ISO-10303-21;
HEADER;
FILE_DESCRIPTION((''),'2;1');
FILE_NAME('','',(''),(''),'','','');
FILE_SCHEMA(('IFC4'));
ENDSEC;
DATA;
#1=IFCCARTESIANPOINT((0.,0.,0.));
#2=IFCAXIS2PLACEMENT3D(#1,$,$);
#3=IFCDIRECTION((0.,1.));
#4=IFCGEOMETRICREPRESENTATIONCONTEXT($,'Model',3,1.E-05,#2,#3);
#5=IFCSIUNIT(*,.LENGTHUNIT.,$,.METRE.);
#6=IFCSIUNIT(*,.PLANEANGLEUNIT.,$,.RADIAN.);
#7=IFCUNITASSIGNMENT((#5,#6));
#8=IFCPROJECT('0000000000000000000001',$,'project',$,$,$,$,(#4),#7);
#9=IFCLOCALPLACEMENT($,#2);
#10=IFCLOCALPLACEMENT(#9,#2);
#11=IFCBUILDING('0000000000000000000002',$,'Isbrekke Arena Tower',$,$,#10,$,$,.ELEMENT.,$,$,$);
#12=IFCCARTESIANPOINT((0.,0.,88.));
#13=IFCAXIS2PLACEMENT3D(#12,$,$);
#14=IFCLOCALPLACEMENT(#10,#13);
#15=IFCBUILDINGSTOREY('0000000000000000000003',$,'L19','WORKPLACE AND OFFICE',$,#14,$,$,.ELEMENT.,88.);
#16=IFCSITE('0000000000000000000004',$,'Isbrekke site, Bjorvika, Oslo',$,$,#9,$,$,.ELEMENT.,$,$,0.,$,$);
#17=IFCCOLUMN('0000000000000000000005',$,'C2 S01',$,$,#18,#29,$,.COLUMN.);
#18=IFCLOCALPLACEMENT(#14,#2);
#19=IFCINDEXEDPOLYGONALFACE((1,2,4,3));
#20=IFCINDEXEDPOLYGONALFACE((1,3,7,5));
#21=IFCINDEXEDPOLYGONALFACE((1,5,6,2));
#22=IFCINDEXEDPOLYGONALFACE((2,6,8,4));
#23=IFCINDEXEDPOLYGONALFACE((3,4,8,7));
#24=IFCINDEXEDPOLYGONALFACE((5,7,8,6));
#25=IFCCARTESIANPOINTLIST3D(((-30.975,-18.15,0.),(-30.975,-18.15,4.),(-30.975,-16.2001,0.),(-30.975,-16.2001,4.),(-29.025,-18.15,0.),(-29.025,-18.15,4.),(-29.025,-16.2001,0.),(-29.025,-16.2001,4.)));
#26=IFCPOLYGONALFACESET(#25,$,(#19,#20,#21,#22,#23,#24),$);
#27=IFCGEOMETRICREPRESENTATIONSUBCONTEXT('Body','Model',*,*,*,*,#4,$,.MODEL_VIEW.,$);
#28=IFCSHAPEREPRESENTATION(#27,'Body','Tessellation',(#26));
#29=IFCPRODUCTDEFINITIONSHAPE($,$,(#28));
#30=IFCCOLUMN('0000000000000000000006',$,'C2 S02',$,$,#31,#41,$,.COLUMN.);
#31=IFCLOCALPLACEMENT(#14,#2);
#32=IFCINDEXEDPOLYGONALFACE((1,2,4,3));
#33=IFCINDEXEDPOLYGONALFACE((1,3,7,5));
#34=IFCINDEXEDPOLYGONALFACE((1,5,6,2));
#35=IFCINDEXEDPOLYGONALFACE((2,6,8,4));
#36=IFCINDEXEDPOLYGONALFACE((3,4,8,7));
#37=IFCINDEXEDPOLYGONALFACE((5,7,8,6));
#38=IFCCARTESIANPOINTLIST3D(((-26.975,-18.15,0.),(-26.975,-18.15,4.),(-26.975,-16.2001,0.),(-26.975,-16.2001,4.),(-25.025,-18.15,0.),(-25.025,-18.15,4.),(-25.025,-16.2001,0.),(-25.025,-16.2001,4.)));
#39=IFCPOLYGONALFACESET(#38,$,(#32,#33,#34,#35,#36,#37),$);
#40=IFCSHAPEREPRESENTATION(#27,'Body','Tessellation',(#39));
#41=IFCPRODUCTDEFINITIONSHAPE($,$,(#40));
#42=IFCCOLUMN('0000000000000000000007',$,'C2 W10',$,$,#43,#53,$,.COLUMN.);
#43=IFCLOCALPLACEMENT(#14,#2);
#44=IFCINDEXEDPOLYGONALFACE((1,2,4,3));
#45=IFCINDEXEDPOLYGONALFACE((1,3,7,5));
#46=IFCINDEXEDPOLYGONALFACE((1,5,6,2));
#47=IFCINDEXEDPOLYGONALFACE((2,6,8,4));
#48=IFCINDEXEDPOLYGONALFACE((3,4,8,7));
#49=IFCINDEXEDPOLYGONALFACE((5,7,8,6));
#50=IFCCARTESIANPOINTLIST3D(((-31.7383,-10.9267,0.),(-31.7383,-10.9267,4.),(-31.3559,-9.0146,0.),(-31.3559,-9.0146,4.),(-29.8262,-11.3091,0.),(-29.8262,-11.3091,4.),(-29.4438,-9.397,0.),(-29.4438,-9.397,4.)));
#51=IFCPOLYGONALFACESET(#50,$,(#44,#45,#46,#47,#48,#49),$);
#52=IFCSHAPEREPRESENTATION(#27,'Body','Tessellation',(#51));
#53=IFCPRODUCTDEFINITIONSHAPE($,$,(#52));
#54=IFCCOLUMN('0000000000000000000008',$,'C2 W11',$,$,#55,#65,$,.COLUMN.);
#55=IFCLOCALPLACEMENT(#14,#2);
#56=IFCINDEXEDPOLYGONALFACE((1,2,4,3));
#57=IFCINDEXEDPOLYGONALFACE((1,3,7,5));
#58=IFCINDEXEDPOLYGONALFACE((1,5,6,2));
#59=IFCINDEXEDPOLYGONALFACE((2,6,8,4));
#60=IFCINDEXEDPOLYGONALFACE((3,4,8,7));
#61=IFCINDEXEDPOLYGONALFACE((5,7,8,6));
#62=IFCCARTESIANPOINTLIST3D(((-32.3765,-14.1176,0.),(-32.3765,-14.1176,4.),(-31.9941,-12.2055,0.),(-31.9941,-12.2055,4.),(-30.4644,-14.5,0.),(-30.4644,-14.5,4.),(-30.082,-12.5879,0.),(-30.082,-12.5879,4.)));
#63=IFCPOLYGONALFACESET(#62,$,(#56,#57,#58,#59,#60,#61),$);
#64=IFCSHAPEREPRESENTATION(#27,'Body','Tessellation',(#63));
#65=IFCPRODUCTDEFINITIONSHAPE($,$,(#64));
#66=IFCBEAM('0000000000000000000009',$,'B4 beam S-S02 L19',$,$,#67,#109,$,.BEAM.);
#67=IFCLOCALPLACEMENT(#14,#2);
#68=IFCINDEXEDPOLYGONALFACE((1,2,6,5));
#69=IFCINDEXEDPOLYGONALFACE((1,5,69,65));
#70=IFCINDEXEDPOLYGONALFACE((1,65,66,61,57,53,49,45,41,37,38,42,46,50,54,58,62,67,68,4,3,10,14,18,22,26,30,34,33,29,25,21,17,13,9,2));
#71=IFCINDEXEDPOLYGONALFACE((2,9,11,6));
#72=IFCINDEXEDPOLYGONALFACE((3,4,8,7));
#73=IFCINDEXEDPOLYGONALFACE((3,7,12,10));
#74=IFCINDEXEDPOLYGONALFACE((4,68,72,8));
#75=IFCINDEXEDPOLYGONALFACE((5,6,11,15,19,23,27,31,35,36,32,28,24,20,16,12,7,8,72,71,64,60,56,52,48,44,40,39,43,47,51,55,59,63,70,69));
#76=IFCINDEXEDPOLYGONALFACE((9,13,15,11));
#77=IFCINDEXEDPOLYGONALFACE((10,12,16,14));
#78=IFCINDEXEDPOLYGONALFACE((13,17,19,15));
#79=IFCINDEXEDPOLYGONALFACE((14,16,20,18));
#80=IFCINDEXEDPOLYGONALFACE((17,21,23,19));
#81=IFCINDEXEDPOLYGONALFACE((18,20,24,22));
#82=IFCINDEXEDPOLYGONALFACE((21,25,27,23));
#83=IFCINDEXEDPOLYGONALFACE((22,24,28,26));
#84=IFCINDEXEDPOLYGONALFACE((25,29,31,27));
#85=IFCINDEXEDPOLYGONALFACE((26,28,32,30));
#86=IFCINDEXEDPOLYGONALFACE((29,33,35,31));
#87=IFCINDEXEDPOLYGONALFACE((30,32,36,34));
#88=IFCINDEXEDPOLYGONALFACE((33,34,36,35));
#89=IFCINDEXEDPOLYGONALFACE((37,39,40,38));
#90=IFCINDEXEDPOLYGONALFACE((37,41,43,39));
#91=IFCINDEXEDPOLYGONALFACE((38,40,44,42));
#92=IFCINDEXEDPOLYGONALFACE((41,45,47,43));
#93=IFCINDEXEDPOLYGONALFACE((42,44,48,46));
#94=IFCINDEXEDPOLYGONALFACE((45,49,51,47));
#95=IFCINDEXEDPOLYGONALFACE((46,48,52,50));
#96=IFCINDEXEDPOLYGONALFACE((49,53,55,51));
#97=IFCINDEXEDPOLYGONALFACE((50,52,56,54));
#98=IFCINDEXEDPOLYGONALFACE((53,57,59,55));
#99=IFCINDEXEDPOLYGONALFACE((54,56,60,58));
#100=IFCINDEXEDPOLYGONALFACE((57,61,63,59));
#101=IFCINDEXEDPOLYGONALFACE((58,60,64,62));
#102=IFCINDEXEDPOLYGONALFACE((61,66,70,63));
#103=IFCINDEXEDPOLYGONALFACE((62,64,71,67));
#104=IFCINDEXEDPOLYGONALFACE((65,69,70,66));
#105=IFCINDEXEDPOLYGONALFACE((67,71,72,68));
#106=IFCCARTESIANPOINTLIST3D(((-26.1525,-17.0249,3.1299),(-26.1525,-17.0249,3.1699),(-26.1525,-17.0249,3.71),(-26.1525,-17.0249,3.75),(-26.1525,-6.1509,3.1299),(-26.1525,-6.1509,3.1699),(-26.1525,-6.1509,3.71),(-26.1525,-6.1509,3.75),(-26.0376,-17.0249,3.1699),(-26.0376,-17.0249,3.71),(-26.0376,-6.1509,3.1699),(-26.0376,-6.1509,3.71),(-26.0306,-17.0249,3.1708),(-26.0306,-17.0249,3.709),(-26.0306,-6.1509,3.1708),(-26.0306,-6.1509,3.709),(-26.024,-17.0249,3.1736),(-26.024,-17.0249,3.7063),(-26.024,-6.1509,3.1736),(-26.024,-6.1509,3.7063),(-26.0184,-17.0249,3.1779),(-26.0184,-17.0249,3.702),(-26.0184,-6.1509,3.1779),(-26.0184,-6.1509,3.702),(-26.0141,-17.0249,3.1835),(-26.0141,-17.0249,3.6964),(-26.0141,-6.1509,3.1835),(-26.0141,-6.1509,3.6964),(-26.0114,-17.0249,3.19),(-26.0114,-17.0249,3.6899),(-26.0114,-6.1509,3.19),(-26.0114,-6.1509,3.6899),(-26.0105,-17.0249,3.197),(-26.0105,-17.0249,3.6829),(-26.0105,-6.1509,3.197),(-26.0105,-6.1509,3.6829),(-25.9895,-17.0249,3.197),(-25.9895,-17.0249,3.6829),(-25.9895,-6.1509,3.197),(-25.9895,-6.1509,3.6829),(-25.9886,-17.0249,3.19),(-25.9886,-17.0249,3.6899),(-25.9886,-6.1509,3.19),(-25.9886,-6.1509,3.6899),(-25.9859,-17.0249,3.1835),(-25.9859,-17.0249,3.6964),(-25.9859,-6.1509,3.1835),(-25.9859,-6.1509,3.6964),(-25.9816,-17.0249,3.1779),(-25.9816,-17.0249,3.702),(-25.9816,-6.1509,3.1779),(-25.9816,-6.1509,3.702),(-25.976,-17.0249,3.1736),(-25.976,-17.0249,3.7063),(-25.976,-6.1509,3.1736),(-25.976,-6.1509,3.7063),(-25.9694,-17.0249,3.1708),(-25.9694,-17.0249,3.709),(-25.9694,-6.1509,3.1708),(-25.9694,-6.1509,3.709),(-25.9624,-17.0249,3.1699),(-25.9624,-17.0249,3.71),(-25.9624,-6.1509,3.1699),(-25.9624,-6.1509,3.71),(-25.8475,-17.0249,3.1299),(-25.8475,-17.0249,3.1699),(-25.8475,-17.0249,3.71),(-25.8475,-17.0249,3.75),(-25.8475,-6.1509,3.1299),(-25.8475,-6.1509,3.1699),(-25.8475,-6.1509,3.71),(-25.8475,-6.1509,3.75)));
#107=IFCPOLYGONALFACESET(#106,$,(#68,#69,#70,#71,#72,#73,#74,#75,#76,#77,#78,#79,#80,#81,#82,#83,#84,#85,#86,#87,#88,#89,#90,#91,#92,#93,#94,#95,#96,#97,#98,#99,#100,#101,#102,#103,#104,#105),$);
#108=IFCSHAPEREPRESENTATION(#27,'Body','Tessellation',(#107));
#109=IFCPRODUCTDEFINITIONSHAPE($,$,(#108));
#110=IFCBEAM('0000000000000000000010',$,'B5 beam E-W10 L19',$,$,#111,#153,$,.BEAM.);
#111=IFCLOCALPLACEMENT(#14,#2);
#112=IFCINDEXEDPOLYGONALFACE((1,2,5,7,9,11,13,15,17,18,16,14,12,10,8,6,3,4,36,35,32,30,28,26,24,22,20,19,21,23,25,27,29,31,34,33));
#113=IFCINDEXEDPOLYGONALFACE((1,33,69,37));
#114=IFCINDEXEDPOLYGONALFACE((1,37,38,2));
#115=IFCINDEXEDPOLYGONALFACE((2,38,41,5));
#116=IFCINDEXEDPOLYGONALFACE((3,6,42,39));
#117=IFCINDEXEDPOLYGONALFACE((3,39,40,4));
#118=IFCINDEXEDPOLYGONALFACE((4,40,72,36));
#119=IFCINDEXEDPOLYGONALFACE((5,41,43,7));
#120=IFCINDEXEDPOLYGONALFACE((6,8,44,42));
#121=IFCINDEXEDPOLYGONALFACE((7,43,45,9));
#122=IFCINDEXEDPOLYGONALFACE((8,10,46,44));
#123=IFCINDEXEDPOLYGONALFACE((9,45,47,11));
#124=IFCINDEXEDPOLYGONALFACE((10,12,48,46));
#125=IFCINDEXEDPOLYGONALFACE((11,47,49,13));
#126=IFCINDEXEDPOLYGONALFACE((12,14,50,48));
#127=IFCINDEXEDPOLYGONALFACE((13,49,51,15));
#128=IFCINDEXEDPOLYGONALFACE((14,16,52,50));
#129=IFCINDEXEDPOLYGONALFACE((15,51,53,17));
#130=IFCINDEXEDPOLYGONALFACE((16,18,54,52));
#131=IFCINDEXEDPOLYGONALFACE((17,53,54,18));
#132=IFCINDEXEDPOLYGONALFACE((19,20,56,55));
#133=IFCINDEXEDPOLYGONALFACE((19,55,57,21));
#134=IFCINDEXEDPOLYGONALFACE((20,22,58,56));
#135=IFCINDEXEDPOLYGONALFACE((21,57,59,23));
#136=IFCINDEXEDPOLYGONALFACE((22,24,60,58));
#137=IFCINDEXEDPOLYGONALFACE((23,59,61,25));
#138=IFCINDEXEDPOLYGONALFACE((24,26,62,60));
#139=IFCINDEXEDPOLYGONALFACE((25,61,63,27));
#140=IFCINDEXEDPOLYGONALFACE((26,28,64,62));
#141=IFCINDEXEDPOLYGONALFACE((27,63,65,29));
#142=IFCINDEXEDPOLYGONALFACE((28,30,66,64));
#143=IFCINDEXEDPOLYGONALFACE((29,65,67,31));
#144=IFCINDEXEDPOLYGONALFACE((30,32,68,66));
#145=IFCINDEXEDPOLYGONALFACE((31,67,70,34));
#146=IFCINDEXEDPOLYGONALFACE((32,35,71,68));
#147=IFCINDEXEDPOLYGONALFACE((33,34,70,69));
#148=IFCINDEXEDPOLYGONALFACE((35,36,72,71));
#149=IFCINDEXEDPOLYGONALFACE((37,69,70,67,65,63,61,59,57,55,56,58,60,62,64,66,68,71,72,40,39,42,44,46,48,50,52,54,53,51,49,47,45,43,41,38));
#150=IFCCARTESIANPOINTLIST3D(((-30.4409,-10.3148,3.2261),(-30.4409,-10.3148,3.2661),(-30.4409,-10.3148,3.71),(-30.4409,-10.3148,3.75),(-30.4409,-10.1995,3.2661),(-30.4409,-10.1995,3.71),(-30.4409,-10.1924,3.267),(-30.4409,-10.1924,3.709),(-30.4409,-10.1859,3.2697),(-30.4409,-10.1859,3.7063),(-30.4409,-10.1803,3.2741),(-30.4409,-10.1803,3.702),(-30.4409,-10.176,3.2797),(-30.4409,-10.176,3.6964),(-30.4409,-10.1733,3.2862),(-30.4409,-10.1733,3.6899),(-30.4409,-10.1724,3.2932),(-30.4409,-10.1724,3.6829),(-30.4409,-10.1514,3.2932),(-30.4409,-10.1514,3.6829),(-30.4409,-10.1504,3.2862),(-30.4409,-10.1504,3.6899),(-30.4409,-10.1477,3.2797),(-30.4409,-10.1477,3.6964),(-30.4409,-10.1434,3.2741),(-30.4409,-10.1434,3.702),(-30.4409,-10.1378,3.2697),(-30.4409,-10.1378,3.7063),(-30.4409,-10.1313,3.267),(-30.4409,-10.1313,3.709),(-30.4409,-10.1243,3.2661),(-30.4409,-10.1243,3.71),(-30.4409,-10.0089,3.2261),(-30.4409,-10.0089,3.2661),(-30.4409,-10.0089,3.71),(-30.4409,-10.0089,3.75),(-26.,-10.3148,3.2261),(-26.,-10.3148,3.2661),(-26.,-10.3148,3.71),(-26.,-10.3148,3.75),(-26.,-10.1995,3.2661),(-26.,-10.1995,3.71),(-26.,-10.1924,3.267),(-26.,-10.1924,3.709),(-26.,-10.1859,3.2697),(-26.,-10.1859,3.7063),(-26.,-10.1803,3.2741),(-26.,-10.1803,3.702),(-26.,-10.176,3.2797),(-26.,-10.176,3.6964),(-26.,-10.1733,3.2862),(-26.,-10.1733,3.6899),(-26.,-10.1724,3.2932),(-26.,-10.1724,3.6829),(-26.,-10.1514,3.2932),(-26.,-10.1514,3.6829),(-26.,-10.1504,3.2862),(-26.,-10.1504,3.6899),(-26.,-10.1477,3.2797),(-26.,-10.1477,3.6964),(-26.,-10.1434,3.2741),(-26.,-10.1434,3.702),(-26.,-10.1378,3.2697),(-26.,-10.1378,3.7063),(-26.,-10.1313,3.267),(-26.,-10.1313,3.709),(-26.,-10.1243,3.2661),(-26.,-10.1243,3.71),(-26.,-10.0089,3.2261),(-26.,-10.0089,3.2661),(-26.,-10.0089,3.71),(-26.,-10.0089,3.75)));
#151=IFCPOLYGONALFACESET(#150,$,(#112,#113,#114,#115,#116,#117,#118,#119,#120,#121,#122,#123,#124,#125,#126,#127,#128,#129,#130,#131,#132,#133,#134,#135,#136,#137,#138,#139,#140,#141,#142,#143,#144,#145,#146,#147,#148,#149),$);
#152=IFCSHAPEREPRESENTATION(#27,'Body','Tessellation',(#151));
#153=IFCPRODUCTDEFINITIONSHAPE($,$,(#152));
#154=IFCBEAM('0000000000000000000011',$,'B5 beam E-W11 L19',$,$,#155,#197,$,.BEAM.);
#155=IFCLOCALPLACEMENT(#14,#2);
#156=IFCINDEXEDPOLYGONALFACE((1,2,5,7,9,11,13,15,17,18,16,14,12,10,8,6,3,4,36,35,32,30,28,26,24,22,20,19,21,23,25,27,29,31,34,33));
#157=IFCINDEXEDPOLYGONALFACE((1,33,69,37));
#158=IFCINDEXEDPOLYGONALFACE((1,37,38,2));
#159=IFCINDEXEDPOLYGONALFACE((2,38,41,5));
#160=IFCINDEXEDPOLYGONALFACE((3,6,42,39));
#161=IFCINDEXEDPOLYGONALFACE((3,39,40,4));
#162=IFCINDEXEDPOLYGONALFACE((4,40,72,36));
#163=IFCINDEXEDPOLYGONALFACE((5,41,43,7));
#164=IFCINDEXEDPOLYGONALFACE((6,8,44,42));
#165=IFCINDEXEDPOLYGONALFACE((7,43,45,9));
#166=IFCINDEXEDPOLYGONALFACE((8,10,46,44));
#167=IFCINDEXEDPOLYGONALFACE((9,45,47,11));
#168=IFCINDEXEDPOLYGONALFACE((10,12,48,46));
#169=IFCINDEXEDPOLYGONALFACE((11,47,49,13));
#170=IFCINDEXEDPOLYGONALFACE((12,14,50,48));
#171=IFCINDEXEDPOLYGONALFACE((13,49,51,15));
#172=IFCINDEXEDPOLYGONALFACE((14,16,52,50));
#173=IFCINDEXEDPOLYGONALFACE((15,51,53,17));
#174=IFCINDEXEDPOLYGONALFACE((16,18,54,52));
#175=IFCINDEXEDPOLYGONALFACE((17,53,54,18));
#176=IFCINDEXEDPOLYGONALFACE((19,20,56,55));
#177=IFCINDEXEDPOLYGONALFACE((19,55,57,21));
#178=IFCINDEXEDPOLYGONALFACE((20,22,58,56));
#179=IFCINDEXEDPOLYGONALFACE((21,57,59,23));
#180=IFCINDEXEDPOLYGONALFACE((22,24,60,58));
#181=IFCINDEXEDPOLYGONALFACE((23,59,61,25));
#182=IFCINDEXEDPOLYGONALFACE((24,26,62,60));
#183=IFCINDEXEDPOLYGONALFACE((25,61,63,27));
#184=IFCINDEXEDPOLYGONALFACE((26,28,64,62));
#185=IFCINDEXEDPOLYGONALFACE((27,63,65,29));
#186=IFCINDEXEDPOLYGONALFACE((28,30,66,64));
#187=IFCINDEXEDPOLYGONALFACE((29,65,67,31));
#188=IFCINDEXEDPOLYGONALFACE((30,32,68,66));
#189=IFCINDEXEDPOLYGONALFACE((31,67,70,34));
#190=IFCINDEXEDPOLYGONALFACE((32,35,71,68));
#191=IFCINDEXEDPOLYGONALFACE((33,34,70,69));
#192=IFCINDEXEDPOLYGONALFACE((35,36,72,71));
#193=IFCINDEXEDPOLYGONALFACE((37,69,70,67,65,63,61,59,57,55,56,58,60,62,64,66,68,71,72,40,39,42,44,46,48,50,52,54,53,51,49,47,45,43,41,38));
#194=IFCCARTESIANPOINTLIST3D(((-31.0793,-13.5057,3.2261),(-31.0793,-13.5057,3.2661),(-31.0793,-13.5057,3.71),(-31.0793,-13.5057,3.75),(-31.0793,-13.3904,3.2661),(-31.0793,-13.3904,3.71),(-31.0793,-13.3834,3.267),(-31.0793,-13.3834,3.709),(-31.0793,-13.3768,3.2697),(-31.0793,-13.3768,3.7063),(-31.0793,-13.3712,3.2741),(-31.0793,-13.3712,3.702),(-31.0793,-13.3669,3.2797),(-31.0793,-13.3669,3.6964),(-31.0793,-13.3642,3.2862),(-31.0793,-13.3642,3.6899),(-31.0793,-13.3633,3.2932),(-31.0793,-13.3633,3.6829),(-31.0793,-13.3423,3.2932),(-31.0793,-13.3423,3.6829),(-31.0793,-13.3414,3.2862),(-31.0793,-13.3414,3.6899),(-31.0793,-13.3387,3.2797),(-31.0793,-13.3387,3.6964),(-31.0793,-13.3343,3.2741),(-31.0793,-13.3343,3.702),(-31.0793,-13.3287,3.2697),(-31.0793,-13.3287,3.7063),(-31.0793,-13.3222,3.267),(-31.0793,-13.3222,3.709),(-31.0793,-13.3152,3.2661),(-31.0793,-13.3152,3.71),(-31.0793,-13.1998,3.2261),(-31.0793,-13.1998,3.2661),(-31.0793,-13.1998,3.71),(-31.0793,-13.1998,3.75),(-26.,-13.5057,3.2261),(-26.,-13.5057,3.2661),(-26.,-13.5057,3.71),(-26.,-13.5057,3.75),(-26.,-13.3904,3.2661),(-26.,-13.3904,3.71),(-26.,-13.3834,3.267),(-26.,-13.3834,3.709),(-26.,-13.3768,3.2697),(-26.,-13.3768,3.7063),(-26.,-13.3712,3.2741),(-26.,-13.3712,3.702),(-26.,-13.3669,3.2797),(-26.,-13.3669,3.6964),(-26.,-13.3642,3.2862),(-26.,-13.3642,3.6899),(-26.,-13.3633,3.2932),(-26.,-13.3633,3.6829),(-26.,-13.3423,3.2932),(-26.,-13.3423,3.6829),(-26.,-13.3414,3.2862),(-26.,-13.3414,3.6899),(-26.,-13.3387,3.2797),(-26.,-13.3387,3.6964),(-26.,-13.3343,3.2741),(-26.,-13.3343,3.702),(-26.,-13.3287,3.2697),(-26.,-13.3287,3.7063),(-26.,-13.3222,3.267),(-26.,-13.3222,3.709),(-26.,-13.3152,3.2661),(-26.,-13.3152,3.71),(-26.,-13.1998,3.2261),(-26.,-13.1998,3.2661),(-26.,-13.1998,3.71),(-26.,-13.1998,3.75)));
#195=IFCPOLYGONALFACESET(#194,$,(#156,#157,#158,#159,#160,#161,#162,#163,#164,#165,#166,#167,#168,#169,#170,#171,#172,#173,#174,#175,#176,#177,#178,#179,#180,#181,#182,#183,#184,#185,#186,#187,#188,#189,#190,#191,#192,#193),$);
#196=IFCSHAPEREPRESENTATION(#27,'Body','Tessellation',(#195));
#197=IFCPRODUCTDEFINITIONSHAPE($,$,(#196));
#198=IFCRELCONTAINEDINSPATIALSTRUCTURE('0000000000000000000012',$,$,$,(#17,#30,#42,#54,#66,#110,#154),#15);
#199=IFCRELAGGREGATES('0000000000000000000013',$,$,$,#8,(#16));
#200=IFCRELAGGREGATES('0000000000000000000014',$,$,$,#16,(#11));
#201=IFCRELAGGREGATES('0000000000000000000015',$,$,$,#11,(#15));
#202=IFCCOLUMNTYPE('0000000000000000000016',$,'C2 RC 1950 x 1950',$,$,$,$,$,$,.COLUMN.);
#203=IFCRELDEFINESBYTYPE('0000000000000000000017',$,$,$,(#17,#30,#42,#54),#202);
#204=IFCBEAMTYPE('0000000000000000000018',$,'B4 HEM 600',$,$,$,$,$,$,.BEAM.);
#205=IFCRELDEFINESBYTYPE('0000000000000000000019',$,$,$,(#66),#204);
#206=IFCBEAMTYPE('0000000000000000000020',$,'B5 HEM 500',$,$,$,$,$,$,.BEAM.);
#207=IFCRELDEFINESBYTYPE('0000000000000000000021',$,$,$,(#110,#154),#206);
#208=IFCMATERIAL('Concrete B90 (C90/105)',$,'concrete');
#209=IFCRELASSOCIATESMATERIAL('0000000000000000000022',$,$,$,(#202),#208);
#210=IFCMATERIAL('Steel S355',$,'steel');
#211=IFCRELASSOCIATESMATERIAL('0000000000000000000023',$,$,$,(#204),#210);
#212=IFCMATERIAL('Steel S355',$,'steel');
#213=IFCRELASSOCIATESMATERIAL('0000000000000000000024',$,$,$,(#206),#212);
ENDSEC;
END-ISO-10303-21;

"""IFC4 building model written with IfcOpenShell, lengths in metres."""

from ifc_helpers import new_model, si_unit, direction, frame, origin, origin_2d, place, context, subcontext, project, spatial, rectangle, i_section, extrude, material, material_profile, profile_set, type_object, element, save


model = new_model("IFC4")

# Units and contexts
model_context = context("Model", 3, precision=1e-05, world=origin(), true_north=direction((0.0, 1.0)))
body_context = subcontext(model_context, "Body", "Model", "MODEL_VIEW")
ifc_project = project(units=[si_unit("LENGTHUNIT", "METRE"), si_unit("PLANEANGLEUNIT", "RADIAN")], contexts=[model_context])

# Site, building, storey
site_placement = place(None, origin())
site = spatial("IfcSite", under=ifc_project, at=site_placement, Name="Isbrekke site, Bjorvika, Oslo", CompositionType="ELEMENT", RefElevation=0.0)
building_placement = place(site_placement, origin())
building = spatial("IfcBuilding", under=site, at=building_placement, Name="Isbrekke Arena Tower", CompositionType="ELEMENT")
storey_placement = place(building_placement, frame((0.0, 0.0, 88.0)))
storey = spatial("IfcBuildingStorey", under=building, at=storey_placement, Name="L19", Description="WORKPLACE AND OFFICE", CompositionType="ELEMENT", Elevation=88.0)

# Columns
ifc_material_1 = material(Name="Concrete B90 (C90/105)", Category="concrete")
ifc_material_profile_1 = material_profile(ifc_material_1, rectangle(XDim=1.95, YDim=1.95, at=origin_2d()), Name="RC 1950x1950")
ifc_profile_set_1 = profile_set([ifc_material_profile_1], Name="Concrete B90 (C90/105)")
column_type = type_object("IfcColumnType", Name="C2 RC 1950 x 1950", PredefinedType="COLUMN", material=ifc_profile_set_1)
for number, where, z_axis, x_axis, name in (
    (1, (-30.0, -17.175, 0.0), (0.0, 0.0, 1.0), (1.0, 0.0, 0.0), "C2 S01"),
    (2, (-26.0, -17.175, 0.0), (0.0, 0.0, 1.0), (1.0, 0.0, 0.0), "C2 S02"),
    (3, (-30.5911, -10.1619, 0.0), (0.0, 0.0, 1.0), (-0.196116, -0.980581, 0.0), "C2 W10"),
    (4, (-31.2292, -13.3528, 0.0), (0.0, 0.0, 1.0), (-0.196116, -0.980581, 0.0), "C2 W11"),
):
    element("IfcColumn", number, at=place(storey_placement, frame(where, z_axis=z_axis, x_axis=x_axis)), inside=storey, type_object=column_type, Name=name, PredefinedType="COLUMN", context=body_context, shape_type="SweptSolid", body=[
        extrude(rectangle(XDim=1.95, YDim=1.95, at=origin_2d()), origin(), (0.0, 0.0, 1.0), 4.0),
    ])

# Beams
ifc_material_2 = material(Name="Steel S355", Category="steel")
ifc_material_profile_2 = material_profile(ifc_material_2, i_section(OverallWidth=0.3049, OverallDepth=0.6201, WebThickness=0.021, FlangeThickness=0.04, FilletRadius=0.0271, at=origin_2d()), Name="HEM 600")
ifc_profile_set_2 = profile_set([ifc_material_profile_2], Name="Steel S355")
beam_type_1 = type_object("IfcBeamType", Name="B4 HEM 600", PredefinedType="BEAM", material=ifc_profile_set_2)
beam_1_placement = place(storey_placement, frame((-26.0, -17.0249, 3.4399), z_axis=(0.0, 1.0, 0.0), x_axis=(-1.0, 0.0, 0.0)))
element("IfcBeam", 5, at=beam_1_placement, inside=storey, type_object=beam_type_1, Name="B4 beam S-S02 L19", PredefinedType="BEAM", context=body_context, shape_type="SweptSolid", body=[
    extrude(i_section(OverallWidth=0.3049, OverallDepth=0.6201, WebThickness=0.021, FlangeThickness=0.04, FilletRadius=0.0271, at=origin_2d()), origin(), (0.0, 0.0, 1.0), 10.874),
])
ifc_material_3 = material(Name="Steel S355", Category="steel")
ifc_material_profile_3 = material_profile(ifc_material_3, i_section(OverallWidth=0.3059, OverallDepth=0.5239, WebThickness=0.021, FlangeThickness=0.04, FilletRadius=0.0271, at=origin_2d()), Name="HEM 500")
ifc_profile_set_3 = profile_set([ifc_material_profile_3], Name="Steel S355")
beam_type_2 = type_object("IfcBeamType", Name="B5 HEM 500", PredefinedType="BEAM", material=ifc_profile_set_3)
beam_2_placement = place(storey_placement, frame((-30.4409, -10.1619, 3.488), z_axis=(1.0, 0.0, 0.0), x_axis=(0.0, 1.0, 0.0)))
element("IfcBeam", 6, at=beam_2_placement, inside=storey, type_object=beam_type_2, Name="B5 beam E-W10 L19", PredefinedType="BEAM", context=body_context, shape_type="SweptSolid", body=[
    extrude(i_section(OverallWidth=0.3059, OverallDepth=0.5239, WebThickness=0.021, FlangeThickness=0.04, FilletRadius=0.0271, at=origin_2d()), origin(), (0.0, 0.0, 1.0), 4.4409),
])
beam_3_placement = place(storey_placement, frame((-31.0793, -13.3528, 3.488), z_axis=(1.0, 0.0, 0.0), x_axis=(0.0, 1.0, 0.0)))
element("IfcBeam", 7, at=beam_3_placement, inside=storey, type_object=beam_type_2, Name="B5 beam E-W11 L19", PredefinedType="BEAM", context=body_context, shape_type="SweptSolid", body=[
    extrude(i_section(OverallWidth=0.3059, OverallDepth=0.5239, WebThickness=0.021, FlangeThickness=0.04, FilletRadius=0.0271, at=origin_2d()), origin(), (0.0, 0.0, 1.0), 5.0793),
])

save(model, "model.ifc")
